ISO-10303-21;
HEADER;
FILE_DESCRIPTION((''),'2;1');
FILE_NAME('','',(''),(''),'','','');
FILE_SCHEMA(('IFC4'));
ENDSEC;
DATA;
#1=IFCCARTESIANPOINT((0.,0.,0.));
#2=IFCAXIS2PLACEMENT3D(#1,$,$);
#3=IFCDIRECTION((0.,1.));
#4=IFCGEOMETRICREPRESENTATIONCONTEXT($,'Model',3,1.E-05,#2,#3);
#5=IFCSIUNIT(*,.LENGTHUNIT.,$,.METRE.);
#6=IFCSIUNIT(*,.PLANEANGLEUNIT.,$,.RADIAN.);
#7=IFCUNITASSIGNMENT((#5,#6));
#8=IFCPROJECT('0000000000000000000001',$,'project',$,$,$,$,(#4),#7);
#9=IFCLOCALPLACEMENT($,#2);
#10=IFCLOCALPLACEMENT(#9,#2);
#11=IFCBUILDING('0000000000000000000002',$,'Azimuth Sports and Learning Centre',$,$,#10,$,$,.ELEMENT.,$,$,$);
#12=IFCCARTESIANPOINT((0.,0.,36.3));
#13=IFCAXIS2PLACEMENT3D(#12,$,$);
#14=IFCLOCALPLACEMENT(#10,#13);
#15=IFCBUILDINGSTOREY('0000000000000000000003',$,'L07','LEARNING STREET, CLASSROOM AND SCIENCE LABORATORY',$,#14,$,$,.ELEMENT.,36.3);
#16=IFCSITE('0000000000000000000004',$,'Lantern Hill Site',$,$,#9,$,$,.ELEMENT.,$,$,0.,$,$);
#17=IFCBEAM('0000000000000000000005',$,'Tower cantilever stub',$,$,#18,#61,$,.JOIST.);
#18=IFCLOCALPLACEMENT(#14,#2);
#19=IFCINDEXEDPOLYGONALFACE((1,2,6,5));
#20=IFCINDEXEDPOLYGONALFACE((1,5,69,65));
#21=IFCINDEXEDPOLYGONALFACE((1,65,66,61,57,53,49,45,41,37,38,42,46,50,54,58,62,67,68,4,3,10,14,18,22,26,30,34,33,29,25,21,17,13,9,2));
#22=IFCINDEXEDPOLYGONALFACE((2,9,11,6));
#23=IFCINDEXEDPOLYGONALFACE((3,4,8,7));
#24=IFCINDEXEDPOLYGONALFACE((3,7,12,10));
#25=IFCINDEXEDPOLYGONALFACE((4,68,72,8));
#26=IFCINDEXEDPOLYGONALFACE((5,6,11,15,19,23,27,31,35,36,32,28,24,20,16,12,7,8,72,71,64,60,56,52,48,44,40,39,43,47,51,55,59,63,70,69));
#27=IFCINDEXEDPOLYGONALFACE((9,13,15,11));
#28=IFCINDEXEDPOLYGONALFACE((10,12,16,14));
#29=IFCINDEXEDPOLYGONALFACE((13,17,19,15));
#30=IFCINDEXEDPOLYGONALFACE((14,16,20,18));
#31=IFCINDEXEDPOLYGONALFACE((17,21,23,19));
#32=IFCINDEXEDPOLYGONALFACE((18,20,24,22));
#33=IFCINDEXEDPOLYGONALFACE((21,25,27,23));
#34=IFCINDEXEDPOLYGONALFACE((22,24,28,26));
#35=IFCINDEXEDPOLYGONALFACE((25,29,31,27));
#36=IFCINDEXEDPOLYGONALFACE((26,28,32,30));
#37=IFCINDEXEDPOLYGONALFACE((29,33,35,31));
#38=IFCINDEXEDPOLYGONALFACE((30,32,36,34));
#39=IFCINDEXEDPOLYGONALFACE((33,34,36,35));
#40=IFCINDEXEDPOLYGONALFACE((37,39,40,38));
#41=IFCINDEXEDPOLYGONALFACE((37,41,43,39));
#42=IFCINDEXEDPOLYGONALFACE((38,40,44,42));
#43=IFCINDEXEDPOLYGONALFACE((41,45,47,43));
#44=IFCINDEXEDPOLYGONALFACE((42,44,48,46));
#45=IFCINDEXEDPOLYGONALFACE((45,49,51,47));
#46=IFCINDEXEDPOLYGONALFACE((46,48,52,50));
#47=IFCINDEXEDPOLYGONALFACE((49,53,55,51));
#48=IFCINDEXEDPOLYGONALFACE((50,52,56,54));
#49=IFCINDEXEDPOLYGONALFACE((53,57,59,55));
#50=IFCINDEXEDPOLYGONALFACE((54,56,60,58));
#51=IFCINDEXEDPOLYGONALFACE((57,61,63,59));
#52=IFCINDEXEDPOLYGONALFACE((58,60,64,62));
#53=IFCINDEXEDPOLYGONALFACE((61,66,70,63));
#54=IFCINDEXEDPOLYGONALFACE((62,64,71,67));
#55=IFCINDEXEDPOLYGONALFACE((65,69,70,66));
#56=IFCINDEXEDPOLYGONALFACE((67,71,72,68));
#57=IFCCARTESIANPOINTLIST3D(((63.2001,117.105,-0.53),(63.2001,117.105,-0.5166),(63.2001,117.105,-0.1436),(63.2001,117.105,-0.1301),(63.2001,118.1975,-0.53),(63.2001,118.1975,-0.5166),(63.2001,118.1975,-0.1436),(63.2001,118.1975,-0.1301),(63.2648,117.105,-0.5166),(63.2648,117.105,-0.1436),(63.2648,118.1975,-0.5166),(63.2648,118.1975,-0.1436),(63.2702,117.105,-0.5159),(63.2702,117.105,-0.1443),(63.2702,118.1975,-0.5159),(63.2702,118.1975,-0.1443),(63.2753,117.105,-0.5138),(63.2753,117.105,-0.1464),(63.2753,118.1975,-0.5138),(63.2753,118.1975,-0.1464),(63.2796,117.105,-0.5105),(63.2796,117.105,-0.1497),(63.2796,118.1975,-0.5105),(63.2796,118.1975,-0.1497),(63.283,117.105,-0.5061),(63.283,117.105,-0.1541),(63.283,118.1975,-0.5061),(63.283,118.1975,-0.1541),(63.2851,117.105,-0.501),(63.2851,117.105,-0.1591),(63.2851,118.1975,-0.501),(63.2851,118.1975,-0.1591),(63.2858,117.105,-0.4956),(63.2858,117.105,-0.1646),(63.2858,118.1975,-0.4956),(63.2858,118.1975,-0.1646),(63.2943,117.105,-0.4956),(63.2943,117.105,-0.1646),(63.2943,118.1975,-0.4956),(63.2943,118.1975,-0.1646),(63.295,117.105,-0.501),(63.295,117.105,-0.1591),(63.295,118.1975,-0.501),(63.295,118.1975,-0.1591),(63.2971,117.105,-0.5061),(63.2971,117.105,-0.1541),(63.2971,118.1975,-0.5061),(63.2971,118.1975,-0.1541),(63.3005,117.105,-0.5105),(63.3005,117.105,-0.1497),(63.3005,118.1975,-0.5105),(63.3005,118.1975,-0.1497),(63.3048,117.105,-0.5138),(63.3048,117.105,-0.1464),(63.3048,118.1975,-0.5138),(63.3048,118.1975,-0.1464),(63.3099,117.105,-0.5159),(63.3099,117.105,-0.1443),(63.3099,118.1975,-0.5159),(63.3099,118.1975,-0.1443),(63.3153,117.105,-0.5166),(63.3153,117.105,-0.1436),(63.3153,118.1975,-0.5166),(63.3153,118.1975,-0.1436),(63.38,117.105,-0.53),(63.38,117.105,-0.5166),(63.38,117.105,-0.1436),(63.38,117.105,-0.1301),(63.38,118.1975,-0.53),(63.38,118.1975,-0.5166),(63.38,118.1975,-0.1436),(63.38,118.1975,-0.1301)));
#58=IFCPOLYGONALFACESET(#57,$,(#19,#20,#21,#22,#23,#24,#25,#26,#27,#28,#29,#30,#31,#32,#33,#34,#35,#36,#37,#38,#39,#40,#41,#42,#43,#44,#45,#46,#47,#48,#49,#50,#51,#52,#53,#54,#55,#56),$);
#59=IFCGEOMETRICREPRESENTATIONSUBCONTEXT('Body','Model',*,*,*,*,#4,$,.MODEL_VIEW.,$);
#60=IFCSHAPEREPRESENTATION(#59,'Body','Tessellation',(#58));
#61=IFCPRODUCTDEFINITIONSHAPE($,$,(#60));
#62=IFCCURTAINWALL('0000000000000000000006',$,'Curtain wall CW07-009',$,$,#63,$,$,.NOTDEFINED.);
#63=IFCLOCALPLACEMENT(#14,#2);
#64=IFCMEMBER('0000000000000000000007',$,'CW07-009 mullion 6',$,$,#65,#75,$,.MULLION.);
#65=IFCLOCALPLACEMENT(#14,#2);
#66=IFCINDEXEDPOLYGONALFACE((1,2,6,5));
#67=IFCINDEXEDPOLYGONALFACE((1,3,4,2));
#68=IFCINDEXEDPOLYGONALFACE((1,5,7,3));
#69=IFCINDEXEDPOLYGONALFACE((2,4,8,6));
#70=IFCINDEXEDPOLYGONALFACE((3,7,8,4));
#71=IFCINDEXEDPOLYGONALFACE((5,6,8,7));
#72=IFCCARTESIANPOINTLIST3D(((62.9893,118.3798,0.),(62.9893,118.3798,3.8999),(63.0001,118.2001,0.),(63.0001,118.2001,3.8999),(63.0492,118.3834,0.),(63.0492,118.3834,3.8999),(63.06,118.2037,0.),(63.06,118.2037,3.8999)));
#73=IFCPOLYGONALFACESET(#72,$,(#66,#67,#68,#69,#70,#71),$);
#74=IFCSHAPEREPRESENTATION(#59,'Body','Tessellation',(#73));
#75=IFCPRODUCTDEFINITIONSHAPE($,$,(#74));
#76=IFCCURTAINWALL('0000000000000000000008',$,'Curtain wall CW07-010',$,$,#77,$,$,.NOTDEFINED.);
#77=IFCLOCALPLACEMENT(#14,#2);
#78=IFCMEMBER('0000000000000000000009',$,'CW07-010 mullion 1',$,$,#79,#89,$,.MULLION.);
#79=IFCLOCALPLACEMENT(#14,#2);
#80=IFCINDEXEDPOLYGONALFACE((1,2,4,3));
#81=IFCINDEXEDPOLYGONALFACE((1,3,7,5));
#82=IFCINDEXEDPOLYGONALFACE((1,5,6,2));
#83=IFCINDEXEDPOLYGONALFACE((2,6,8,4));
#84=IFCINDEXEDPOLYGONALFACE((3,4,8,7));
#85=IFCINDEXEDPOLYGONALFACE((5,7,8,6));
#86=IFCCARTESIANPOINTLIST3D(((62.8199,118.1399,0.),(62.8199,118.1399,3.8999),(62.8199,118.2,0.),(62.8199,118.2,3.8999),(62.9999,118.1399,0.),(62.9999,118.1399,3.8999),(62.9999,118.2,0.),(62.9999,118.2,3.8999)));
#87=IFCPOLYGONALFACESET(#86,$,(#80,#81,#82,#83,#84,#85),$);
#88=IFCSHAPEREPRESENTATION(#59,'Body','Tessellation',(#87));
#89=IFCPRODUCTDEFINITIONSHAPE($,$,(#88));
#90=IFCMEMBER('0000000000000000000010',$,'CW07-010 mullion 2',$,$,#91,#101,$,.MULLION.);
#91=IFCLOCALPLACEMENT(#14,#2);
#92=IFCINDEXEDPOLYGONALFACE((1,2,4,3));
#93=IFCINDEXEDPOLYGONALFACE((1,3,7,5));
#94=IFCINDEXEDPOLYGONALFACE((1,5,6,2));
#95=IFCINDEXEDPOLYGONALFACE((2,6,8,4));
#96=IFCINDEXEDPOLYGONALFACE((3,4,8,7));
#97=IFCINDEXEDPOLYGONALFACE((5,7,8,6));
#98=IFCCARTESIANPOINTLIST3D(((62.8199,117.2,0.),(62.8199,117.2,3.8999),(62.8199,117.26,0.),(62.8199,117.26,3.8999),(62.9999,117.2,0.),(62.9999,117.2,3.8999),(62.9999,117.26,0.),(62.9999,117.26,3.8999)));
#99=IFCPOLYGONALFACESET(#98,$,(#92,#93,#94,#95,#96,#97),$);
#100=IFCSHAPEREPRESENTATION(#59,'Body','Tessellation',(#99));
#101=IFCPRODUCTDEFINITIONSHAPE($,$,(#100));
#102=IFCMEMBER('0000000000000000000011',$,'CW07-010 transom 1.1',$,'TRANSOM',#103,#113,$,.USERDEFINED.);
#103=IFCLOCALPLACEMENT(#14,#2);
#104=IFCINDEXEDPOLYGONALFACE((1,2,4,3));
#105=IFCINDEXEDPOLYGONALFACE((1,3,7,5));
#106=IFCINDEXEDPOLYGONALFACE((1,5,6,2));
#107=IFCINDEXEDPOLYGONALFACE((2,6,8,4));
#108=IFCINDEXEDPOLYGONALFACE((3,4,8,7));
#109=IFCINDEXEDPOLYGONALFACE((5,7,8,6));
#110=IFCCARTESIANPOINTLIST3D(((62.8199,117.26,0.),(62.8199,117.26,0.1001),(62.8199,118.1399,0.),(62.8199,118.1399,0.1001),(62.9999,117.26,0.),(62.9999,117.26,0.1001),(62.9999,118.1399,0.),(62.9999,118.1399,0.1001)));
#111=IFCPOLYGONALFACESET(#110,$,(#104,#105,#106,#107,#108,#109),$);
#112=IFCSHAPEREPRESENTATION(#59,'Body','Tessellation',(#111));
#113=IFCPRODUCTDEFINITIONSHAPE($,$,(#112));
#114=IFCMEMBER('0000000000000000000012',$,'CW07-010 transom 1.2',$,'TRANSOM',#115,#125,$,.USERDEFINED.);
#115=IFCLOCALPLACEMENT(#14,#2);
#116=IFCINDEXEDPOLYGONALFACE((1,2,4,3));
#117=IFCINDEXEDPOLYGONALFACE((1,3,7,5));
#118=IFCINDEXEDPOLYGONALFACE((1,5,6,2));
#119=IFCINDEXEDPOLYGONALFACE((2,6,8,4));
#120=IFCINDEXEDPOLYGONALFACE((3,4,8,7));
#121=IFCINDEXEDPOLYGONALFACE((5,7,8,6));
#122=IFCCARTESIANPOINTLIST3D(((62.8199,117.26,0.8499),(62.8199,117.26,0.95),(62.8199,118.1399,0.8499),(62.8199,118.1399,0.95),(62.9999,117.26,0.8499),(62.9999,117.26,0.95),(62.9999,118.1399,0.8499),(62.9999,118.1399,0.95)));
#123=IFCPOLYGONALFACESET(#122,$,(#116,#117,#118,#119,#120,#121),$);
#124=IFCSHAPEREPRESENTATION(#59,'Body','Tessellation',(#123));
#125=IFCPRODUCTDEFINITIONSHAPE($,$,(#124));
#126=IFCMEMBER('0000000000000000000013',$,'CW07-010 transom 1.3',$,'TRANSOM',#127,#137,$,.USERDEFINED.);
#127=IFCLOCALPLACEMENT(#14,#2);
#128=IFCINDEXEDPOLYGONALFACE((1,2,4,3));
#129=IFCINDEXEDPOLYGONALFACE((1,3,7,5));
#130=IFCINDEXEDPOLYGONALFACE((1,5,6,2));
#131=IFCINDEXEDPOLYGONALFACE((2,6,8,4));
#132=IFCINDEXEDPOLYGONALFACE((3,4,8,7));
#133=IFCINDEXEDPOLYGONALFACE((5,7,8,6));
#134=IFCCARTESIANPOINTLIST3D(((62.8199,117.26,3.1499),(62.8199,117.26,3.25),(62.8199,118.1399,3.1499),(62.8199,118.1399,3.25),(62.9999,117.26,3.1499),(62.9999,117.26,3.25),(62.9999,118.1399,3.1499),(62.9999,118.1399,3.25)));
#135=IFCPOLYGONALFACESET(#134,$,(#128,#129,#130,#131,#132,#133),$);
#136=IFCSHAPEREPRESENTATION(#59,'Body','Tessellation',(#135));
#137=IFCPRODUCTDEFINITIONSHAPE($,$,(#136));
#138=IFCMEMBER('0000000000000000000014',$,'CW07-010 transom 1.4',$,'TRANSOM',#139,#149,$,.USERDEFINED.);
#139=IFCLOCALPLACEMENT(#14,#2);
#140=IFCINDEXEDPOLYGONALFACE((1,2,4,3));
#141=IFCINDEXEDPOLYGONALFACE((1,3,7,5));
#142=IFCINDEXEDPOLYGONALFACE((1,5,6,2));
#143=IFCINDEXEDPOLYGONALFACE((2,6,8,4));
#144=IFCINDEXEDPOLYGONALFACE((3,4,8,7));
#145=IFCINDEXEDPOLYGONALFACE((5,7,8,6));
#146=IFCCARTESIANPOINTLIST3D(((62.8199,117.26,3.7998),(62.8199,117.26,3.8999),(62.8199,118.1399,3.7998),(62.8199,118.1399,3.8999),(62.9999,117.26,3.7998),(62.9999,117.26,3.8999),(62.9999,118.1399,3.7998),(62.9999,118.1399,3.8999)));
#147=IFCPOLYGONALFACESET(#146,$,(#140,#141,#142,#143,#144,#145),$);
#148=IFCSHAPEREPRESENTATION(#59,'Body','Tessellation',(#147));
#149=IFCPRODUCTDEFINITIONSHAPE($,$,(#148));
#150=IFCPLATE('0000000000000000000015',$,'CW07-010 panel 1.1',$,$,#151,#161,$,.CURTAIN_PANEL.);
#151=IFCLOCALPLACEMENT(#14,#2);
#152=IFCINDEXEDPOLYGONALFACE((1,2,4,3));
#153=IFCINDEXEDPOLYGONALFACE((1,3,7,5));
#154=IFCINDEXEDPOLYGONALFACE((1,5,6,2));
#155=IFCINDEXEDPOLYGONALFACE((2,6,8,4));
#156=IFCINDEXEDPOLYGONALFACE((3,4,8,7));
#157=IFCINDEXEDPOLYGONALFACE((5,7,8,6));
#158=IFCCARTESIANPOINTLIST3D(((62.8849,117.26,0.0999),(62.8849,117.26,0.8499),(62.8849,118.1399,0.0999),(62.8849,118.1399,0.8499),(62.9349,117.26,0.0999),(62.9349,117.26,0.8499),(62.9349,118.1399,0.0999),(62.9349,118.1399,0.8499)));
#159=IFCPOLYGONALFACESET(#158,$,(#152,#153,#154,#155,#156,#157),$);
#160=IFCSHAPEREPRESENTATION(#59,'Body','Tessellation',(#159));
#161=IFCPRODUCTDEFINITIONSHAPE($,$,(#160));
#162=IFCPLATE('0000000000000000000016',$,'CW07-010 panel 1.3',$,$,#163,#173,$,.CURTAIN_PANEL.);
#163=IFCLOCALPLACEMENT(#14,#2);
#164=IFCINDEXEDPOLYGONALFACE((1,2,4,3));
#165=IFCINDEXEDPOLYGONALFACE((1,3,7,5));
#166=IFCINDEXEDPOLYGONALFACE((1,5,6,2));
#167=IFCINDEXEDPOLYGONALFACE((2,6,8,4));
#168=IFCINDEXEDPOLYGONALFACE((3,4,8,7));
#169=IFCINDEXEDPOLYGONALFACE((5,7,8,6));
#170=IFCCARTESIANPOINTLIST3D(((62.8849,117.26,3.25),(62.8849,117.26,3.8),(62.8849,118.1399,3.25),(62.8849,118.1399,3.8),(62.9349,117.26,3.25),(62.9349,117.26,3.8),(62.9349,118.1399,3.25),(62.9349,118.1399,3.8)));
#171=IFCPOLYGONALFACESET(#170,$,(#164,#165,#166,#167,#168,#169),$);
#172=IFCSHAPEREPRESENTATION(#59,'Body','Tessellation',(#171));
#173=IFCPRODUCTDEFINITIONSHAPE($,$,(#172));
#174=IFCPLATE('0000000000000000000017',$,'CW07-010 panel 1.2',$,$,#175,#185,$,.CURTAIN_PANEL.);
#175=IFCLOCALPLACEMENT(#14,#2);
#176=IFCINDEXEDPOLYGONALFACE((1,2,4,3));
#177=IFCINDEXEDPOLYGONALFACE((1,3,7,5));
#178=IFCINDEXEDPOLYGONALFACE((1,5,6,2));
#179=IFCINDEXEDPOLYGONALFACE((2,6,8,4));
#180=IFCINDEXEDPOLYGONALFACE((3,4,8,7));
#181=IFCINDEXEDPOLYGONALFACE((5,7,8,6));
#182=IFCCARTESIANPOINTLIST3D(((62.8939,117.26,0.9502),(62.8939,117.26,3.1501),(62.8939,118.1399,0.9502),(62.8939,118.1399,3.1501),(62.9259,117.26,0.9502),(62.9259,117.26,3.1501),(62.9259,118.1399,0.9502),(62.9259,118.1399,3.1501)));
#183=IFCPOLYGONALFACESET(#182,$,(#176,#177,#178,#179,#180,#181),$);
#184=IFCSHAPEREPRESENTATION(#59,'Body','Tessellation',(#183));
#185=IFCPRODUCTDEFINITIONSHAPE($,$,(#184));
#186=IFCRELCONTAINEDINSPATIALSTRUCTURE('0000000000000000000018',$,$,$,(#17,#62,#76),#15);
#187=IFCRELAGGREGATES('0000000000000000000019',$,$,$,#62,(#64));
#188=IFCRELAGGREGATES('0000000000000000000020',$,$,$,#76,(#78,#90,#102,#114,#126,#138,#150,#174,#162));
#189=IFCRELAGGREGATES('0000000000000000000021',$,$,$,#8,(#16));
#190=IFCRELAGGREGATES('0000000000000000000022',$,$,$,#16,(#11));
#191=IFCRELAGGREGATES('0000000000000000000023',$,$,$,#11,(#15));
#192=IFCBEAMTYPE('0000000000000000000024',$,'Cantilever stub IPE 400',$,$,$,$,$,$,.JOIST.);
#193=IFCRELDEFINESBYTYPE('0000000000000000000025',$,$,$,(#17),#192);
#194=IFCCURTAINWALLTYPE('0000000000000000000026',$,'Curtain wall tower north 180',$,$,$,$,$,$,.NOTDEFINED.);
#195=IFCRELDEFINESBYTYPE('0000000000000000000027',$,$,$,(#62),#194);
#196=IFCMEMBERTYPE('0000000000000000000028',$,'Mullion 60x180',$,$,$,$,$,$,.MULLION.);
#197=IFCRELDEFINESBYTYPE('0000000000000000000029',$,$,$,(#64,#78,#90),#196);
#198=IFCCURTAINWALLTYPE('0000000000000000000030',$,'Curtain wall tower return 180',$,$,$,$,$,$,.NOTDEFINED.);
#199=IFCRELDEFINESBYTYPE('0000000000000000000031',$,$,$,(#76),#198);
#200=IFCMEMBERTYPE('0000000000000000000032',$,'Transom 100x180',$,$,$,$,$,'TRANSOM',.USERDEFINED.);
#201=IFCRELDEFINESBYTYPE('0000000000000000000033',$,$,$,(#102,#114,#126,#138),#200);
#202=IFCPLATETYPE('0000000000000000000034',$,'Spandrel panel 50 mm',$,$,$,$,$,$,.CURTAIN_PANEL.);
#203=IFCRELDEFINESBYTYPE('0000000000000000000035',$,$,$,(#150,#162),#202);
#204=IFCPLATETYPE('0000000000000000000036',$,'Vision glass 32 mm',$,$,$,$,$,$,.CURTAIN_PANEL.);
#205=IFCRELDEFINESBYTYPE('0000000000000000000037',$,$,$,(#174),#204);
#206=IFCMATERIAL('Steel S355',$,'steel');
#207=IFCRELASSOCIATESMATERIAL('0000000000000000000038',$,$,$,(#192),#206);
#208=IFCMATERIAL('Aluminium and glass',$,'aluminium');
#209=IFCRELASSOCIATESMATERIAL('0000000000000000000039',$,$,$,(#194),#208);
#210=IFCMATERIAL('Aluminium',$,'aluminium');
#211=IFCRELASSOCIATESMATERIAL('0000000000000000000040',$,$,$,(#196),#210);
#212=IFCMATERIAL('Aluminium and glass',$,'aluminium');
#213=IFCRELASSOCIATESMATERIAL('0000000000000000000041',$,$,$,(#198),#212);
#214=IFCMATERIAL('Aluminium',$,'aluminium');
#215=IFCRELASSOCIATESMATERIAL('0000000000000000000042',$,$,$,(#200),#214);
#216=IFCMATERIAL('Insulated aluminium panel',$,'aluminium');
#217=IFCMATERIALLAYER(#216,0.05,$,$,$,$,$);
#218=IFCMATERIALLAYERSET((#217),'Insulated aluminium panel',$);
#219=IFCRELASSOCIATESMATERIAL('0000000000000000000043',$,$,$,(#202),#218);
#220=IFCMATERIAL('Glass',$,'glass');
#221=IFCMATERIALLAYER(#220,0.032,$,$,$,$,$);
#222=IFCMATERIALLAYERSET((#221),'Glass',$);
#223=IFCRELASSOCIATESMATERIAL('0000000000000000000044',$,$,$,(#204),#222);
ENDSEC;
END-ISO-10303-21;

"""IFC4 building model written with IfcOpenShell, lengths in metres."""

from ifc_helpers import new_model, si_unit, direction, frame, origin, origin_2d, place, context, subcontext, project, spatial, rectangle, i_section, extrude, material, layer, layer_set, material_profile, profile_set, type_object, element, aggregate, save


model = new_model("IFC4")

# Units and contexts
model_context = context("Model", 3, precision=1e-05, world=origin(), true_north=direction((0.0, 1.0)))
body_context = subcontext(model_context, "Body", "Model", "MODEL_VIEW")
ifc_project = project(units=[si_unit("LENGTHUNIT", "METRE"), si_unit("PLANEANGLEUNIT", "RADIAN")], contexts=[model_context])

# Site, building, storey
site_placement = place(None, origin())
site = spatial("IfcSite", under=ifc_project, at=site_placement, Name="Lantern Hill Site", CompositionType="ELEMENT", RefElevation=0.0)
building_placement = place(site_placement, origin())
building = spatial("IfcBuilding", under=site, at=building_placement, Name="Azimuth Sports and Learning Centre", CompositionType="ELEMENT")
storey_placement = place(building_placement, frame((0.0, 0.0, 36.3)))
storey = spatial("IfcBuildingStorey", under=building, at=storey_placement, Name="L07", Description="LEARNING STREET, CLASSROOM AND SCIENCE LABORATORY", CompositionType="ELEMENT", Elevation=36.3)

# Beam
ifc_material_1 = material(Name="Steel S355", Category="steel")
ifc_material_profile_1 = material_profile(ifc_material_1, i_section(OverallWidth=0.1799, OverallDepth=0.3999, WebThickness=0.0085, FlangeThickness=0.0134, FilletRadius=0.021, at=origin_2d()), Name="IPE 400")
ifc_profile_set_1 = profile_set([ifc_material_profile_1], Name="Steel S355")
beam_type = type_object("IfcBeamType", Name="Cantilever stub IPE 400", PredefinedType="JOIST", material=ifc_profile_set_1)
beam_placement = place(storey_placement, frame((63.29, 117.105, -0.3301), z_axis=(0.0, 1.0, 0.0), x_axis=(-1.0, 0.0, 0.0)))
element("IfcBeam", 1, at=beam_placement, inside=storey, type_object=beam_type, Name="Tower cantilever stub", PredefinedType="JOIST", context=body_context, shape_type="SweptSolid", body=[
    extrude(i_section(OverallWidth=0.1799, OverallDepth=0.3999, WebThickness=0.0085, FlangeThickness=0.0134, FilletRadius=0.021, at=origin_2d()), origin(), (0.0, 0.0, 1.0), 1.0925),
])

# Curtain wall, member
ifc_material_2 = material(Name="Aluminium and glass", Category="aluminium")
curtain_wall_type_1 = type_object("IfcCurtainWallType", Name="Curtain wall tower north 180", PredefinedType="NOTDEFINED", material=ifc_material_2)
curtain_wall_1_placement = place(storey_placement, origin())
curtain_wall_1 = element("IfcCurtainWall", 2, at=curtain_wall_1_placement, inside=storey, type_object=curtain_wall_type_1, Name="Curtain wall CW07-009", PredefinedType="NOTDEFINED")
ifc_material_3 = material(Name="Aluminium", Category="aluminium")
ifc_material_profile_2 = material_profile(ifc_material_3, rectangle(XDim=0.1799, YDim=0.0601, at=origin_2d()), Name="Mullion 60x180")
ifc_profile_set_2 = profile_set([ifc_material_profile_2], Name="Aluminium")
member_type_1 = type_object("IfcMemberType", Name="Mullion 60x180", PredefinedType="MULLION", material=ifc_profile_set_2)
member_1_placement = place(storey_placement, frame((63.0247, 118.2917, 0.0), z_axis=(0.0, 0.0, 1.0), x_axis=(0.059892, -0.998205, 0.0)))
member_1 = element("IfcMember", 3, at=member_1_placement, type_object=member_type_1, Name="CW07-009 mullion 6", PredefinedType="MULLION", context=body_context, shape_type="SweptSolid", body=[
    extrude(rectangle(XDim=0.1799, YDim=0.0601, at=origin_2d()), origin(), (0.0, 0.0, 1.0), 3.8999),
])
aggregate(curtain_wall_1, [member_1])

# Curtain wall, members, plates
ifc_material_4 = material(Name="Aluminium and glass", Category="aluminium")
curtain_wall_type_2 = type_object("IfcCurtainWallType", Name="Curtain wall tower return 180", PredefinedType="NOTDEFINED", material=ifc_material_4)
curtain_wall_2_placement = place(storey_placement, origin())
curtain_wall_2 = element("IfcCurtainWall", 4, at=curtain_wall_2_placement, inside=storey, type_object=curtain_wall_type_2, Name="Curtain wall CW07-010", PredefinedType="NOTDEFINED")
member_2_placement = place(storey_placement, frame((62.9099, 118.1699, 0.0), z_axis=(0.0, 0.0, 1.0), x_axis=(1.0, 0.0, 0.0)))
member_2 = element("IfcMember", 5, at=member_2_placement, type_object=member_type_1, Name="CW07-010 mullion 1", PredefinedType="MULLION", context=body_context, shape_type="SweptSolid", body=[
    extrude(rectangle(XDim=0.1799, YDim=0.0601, at=origin_2d()), origin(), (0.0, 0.0, 1.0), 3.8999),
])
member_3_placement = place(storey_placement, frame((62.9099, 117.23, 0.0), z_axis=(0.0, 0.0, 1.0), x_axis=(1.0, 0.0, 0.0)))
member_3 = element("IfcMember", 6, at=member_3_placement, type_object=member_type_1, Name="CW07-010 mullion 2", PredefinedType="MULLION", context=body_context, shape_type="SweptSolid", body=[
    extrude(rectangle(XDim=0.1799, YDim=0.0601, at=origin_2d()), origin(), (0.0, 0.0, 1.0), 3.8999),
])
ifc_material_5 = material(Name="Aluminium", Category="aluminium")
ifc_material_profile_3 = material_profile(ifc_material_5, rectangle(XDim=0.1799, YDim=0.1001, at=origin_2d()), Name="Transom 100x180")
ifc_profile_set_3 = profile_set([ifc_material_profile_3], Name="Aluminium")
member_type_2 = type_object("IfcMemberType", Name="Transom 100x180", ElementType="TRANSOM", PredefinedType="USERDEFINED", material=ifc_profile_set_3)
member_4_placement = place(storey_placement, frame((62.9099, 118.1399, 0.05), z_axis=(0.0, -1.0, 0.0), x_axis=(1.0, 0.0, 0.0)))
member_4 = element("IfcMember", 7, at=member_4_placement, type_object=member_type_2, Name="CW07-010 transom 1.1", ObjectType="TRANSOM", PredefinedType="USERDEFINED", context=body_context, shape_type="SweptSolid", body=[
    extrude(rectangle(XDim=0.1799, YDim=0.1001, at=origin_2d()), origin(), (0.0, 0.0, 1.0), 0.8799),
])
member_5_placement = place(storey_placement, frame((62.9099, 118.1399, 0.8999), z_axis=(0.0, -1.0, 0.0), x_axis=(1.0, 0.0, 0.0)))
member_5 = element("IfcMember", 8, at=member_5_placement, type_object=member_type_2, Name="CW07-010 transom 1.2", ObjectType="TRANSOM", PredefinedType="USERDEFINED", context=body_context, shape_type="SweptSolid", body=[
    extrude(rectangle(XDim=0.1799, YDim=0.1001, at=origin_2d()), origin(), (0.0, 0.0, 1.0), 0.8799),
])
member_6_placement = place(storey_placement, frame((62.9099, 118.1399, 3.2), z_axis=(0.0, -1.0, 0.0), x_axis=(1.0, 0.0, 0.0)))
member_6 = element("IfcMember", 9, at=member_6_placement, type_object=member_type_2, Name="CW07-010 transom 1.3", ObjectType="TRANSOM", PredefinedType="USERDEFINED", context=body_context, shape_type="SweptSolid", body=[
    extrude(rectangle(XDim=0.1799, YDim=0.1001, at=origin_2d()), origin(), (0.0, 0.0, 1.0), 0.8799),
])
member_7_placement = place(storey_placement, frame((62.9099, 118.1399, 3.8499), z_axis=(0.0, -1.0, 0.0), x_axis=(1.0, 0.0, 0.0)))
member_7 = element("IfcMember", 10, at=member_7_placement, type_object=member_type_2, Name="CW07-010 transom 1.4", ObjectType="TRANSOM", PredefinedType="USERDEFINED", context=body_context, shape_type="SweptSolid", body=[
    extrude(rectangle(XDim=0.1799, YDim=0.1001, at=origin_2d()), origin(), (0.0, 0.0, 1.0), 0.8799),
])
ifc_material_6 = material(Name="Insulated aluminium panel", Category="aluminium")
ifc_layer_1 = layer(ifc_material_6, 0.05)
ifc_layer_set_1 = layer_set([ifc_layer_1], Name="Insulated aluminium panel")
plate_type_1 = type_object("IfcPlateType", Name="Spandrel panel 50 mm", PredefinedType="CURTAIN_PANEL", material=ifc_layer_set_1)
plate_1_placement = place(storey_placement, frame((62.9099, 117.7, 0.0999), z_axis=(0.0, 0.0, 1.0), x_axis=(0.0, -1.0, 0.0)))
plate_1 = element("IfcPlate", 11, at=plate_1_placement, type_object=plate_type_1, Name="CW07-010 panel 1.1", PredefinedType="CURTAIN_PANEL", context=body_context, shape_type="SweptSolid", body=[
    extrude(rectangle(XDim=0.8799, YDim=0.05, at=origin_2d()), origin(), (0.0, 0.0, 1.0), 0.75),
])
plate_2_placement = place(storey_placement, frame((62.9099, 117.7, 3.25), z_axis=(0.0, 0.0, 1.0), x_axis=(0.0, -1.0, 0.0)))
plate_2 = element("IfcPlate", 12, at=plate_2_placement, type_object=plate_type_1, Name="CW07-010 panel 1.3", PredefinedType="CURTAIN_PANEL", context=body_context, shape_type="SweptSolid", body=[
    extrude(rectangle(XDim=0.8799, YDim=0.05, at=origin_2d()), origin(), (0.0, 0.0, 1.0), 0.55),
])
ifc_material_7 = material(Name="Glass", Category="glass")
ifc_layer_2 = layer(ifc_material_7, 0.032)
ifc_layer_set_2 = layer_set([ifc_layer_2], Name="Glass")
plate_type_2 = type_object("IfcPlateType", Name="Vision glass 32 mm", PredefinedType="CURTAIN_PANEL", material=ifc_layer_set_2)
plate_3_placement = place(storey_placement, frame((62.9099, 117.7, 0.9502), z_axis=(0.0, 0.0, 1.0), x_axis=(0.0, -1.0, 0.0)))
plate_3 = element("IfcPlate", 13, at=plate_3_placement, type_object=plate_type_2, Name="CW07-010 panel 1.2", PredefinedType="CURTAIN_PANEL", context=body_context, shape_type="SweptSolid", body=[
    extrude(rectangle(XDim=0.8799, YDim=0.032, at=origin_2d()), origin(), (0.0, 0.0, 1.0), 2.2),
])
aggregate(curtain_wall_2, [member_2, member_3, member_4, member_5, member_6, member_7, plate_1, plate_3, plate_2])

save(model, "model.ifc")
